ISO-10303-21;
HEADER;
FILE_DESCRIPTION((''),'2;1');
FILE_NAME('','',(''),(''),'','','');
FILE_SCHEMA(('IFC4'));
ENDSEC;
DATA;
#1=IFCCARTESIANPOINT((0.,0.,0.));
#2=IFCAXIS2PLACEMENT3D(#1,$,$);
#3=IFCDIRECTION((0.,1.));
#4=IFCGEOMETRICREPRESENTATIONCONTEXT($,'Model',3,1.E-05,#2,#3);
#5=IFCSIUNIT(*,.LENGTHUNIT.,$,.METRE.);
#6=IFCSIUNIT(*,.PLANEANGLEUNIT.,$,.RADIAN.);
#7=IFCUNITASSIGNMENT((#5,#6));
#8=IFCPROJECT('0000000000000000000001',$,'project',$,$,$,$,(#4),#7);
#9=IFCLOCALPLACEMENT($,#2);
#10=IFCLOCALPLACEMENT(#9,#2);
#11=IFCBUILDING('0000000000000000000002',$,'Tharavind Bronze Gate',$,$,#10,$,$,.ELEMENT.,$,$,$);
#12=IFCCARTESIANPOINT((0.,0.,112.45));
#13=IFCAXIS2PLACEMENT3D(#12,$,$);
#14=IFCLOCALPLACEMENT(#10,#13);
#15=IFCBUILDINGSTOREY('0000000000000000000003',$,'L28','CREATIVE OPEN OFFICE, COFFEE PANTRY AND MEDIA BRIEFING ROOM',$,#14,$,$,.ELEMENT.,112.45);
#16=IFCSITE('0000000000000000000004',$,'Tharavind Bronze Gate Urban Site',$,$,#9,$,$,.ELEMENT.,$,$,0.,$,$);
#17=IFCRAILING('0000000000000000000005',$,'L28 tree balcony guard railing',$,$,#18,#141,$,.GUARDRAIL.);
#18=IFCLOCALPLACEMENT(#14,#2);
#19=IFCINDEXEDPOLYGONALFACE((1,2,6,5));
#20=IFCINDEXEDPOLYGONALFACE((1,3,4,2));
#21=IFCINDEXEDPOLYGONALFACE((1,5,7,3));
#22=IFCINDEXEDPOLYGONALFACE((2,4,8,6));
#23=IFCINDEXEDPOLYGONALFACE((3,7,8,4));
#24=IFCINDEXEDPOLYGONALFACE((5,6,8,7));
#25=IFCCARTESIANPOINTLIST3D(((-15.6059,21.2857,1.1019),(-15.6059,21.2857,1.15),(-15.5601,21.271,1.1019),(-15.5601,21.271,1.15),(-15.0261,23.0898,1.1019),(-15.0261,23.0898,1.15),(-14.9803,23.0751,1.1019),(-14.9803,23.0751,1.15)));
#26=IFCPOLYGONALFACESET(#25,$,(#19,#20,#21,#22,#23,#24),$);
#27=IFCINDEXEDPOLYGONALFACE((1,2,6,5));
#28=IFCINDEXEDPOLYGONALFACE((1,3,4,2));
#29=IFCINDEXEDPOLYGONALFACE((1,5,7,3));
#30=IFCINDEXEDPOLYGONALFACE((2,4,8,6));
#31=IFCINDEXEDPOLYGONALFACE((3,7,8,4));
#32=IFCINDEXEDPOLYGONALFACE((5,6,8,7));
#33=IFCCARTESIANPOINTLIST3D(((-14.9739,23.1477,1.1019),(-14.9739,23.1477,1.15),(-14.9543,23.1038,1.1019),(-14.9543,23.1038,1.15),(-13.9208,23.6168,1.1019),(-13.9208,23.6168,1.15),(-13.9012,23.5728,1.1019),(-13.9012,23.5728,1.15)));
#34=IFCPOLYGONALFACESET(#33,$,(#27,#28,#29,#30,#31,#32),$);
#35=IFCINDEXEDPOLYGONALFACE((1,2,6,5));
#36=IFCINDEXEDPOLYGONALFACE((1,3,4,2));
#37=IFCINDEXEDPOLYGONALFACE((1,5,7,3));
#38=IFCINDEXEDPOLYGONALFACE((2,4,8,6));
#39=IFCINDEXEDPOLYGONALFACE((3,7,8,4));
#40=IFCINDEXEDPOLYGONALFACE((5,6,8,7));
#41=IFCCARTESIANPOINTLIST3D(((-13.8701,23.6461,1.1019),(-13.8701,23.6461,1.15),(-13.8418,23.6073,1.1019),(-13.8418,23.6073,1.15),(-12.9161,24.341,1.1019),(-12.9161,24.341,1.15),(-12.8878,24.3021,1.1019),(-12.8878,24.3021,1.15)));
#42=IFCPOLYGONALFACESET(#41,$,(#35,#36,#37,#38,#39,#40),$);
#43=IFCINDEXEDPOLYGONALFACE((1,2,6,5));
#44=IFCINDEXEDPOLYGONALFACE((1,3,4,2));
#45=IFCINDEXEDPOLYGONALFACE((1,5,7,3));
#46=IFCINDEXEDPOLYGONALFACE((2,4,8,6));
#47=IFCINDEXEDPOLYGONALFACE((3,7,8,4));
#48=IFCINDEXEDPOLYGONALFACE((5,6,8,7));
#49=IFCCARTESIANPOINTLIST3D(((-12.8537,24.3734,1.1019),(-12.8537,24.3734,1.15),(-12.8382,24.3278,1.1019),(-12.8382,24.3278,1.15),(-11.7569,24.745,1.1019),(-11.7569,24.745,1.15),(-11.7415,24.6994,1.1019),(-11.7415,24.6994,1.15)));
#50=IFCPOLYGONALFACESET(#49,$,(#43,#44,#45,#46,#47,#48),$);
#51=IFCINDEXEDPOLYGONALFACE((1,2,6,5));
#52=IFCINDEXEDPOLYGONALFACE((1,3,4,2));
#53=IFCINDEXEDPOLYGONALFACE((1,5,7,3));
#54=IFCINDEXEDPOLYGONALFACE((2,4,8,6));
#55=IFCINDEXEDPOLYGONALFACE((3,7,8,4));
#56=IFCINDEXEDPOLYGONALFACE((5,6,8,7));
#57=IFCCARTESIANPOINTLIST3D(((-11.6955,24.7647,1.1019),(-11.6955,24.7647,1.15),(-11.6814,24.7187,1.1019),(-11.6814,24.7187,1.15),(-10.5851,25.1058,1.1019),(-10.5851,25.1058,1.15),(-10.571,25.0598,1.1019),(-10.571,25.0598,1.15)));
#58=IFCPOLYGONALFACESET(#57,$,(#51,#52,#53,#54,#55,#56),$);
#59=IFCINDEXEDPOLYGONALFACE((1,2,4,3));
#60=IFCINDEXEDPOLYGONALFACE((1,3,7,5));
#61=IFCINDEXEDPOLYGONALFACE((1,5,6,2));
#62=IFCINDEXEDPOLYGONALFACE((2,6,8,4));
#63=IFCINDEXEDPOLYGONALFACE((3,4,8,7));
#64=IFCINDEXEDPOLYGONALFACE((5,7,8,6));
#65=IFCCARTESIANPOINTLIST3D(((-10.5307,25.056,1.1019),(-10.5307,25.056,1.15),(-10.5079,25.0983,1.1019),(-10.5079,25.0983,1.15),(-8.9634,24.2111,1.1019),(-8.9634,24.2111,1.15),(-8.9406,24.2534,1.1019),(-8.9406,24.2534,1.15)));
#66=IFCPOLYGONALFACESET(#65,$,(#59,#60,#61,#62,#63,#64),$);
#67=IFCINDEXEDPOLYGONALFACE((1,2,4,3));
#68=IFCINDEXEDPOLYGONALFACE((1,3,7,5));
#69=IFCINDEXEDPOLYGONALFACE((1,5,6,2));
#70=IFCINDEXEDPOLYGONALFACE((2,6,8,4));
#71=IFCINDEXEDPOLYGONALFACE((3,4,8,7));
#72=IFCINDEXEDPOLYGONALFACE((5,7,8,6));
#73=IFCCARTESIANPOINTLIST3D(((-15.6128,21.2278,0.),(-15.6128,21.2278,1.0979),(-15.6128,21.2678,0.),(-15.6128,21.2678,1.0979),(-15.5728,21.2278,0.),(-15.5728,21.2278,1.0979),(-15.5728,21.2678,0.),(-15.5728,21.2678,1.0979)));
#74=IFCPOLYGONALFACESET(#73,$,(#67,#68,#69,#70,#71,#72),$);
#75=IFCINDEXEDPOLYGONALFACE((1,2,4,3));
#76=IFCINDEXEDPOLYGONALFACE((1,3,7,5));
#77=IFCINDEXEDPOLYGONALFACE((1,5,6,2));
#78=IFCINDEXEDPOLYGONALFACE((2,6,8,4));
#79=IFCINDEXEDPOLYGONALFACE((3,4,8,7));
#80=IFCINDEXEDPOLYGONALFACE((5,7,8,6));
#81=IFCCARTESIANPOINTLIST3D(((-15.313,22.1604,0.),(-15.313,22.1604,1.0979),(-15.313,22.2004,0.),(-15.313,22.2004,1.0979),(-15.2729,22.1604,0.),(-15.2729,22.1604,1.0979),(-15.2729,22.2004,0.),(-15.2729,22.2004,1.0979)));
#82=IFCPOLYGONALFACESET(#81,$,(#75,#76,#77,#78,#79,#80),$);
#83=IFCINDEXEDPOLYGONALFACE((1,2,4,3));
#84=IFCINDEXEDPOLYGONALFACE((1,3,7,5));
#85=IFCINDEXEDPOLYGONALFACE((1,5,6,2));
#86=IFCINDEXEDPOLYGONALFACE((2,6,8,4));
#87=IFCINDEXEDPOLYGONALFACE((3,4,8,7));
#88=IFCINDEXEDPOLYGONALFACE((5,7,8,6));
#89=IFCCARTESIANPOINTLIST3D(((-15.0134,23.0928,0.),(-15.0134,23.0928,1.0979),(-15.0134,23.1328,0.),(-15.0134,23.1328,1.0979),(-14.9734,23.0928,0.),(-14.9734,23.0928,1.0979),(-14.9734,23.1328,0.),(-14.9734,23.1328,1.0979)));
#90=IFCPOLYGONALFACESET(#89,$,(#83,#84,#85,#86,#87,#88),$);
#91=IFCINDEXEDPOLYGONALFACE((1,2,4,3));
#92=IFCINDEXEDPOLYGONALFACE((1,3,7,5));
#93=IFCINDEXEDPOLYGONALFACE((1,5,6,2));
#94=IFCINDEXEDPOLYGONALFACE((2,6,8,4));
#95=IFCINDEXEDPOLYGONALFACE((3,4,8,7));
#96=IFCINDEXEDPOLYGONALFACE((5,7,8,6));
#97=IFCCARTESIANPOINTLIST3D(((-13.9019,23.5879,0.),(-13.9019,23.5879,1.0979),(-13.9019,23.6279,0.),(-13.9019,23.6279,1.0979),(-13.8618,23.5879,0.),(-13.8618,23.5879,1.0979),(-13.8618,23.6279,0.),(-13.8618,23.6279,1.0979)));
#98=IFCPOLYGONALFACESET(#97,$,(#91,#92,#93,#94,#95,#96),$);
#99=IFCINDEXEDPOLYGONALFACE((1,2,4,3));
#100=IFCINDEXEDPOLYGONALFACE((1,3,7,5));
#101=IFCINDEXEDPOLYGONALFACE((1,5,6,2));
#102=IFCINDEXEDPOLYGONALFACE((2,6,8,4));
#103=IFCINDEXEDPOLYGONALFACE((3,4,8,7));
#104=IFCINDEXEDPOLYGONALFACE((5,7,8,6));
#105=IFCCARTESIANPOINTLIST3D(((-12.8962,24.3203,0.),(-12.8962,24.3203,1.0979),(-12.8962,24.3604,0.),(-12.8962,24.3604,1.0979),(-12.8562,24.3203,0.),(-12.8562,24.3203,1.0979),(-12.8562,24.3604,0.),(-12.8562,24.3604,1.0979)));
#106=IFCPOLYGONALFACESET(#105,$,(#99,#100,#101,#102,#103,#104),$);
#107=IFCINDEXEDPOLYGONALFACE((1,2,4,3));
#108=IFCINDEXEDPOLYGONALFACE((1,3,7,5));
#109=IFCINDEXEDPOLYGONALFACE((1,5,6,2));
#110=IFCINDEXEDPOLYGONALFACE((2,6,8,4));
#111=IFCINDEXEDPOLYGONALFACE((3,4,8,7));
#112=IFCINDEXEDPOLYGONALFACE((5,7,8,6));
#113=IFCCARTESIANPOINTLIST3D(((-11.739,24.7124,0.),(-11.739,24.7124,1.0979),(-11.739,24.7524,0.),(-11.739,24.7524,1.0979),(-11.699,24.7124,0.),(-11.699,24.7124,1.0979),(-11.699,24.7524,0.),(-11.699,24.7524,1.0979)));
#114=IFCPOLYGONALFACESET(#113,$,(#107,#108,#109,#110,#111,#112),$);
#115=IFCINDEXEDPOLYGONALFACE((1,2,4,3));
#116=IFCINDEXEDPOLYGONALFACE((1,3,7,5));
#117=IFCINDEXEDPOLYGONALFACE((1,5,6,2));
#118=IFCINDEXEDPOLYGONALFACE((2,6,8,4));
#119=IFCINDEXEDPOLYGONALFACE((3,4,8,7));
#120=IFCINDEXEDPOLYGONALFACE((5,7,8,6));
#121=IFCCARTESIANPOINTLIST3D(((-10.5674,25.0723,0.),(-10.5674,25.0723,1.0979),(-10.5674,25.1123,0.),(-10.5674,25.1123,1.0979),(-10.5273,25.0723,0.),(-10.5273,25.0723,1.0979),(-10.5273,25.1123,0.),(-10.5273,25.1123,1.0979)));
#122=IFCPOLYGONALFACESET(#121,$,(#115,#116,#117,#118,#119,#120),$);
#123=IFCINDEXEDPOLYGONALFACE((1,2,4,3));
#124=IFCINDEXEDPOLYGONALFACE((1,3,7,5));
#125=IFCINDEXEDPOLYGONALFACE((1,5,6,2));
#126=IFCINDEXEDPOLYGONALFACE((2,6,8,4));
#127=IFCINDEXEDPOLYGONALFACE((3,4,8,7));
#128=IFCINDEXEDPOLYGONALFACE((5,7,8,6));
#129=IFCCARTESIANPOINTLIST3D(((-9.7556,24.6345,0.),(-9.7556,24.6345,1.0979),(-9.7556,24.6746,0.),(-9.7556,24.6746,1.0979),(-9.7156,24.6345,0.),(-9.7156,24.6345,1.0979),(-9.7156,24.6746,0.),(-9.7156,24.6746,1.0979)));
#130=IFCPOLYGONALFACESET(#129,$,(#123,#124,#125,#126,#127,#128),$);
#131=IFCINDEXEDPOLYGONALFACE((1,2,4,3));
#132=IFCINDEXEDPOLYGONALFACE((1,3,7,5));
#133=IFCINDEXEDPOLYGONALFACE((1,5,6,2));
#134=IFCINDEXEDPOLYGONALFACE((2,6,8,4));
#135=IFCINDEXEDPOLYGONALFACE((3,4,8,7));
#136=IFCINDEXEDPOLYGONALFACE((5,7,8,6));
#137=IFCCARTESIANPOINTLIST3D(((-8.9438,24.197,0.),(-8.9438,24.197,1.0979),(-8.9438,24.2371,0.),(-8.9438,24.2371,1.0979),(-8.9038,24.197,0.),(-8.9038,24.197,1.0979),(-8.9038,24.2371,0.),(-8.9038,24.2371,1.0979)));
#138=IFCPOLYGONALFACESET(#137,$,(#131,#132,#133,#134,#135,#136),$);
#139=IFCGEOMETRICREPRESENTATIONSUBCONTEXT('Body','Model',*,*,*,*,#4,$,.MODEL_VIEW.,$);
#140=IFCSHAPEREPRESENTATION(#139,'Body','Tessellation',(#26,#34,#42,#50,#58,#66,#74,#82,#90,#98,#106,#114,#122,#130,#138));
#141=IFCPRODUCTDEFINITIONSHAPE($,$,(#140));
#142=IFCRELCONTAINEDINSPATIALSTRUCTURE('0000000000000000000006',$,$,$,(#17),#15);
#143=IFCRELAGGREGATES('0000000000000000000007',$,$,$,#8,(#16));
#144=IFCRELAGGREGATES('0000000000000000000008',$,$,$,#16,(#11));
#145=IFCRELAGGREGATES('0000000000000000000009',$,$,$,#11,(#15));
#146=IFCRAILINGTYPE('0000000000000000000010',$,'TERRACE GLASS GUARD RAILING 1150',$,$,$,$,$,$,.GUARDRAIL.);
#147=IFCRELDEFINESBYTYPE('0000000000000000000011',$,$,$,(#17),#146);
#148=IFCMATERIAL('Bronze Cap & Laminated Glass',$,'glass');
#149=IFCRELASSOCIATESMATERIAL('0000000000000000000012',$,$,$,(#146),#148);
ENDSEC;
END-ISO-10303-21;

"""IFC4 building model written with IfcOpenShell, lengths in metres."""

from ifc_helpers import new_model, si_unit, direction, frame, origin, origin_2d, place, context, subcontext, project, spatial, rectangle, extrude, material, type_object, element, save


model = new_model("IFC4")

# Units and contexts
model_context = context("Model", 3, precision=1e-05, world=origin(), true_north=direction((0.0, 1.0)))
body_context = subcontext(model_context, "Body", "Model", "MODEL_VIEW")
ifc_project = project(units=[si_unit("LENGTHUNIT", "METRE"), si_unit("PLANEANGLEUNIT", "RADIAN")], contexts=[model_context])

# Site, building, storey
site_placement = place(None, origin())
site = spatial("IfcSite", under=ifc_project, at=site_placement, Name="Tharavind Bronze Gate Urban Site", CompositionType="ELEMENT", RefElevation=0.0)
building_placement = place(site_placement, origin())
building = spatial("IfcBuilding", under=site, at=building_placement, Name="Tharavind Bronze Gate", CompositionType="ELEMENT")
storey_placement = place(building_placement, frame((0.0, 0.0, 112.45)))
storey = spatial("IfcBuildingStorey", under=building, at=storey_placement, Name="L28", Description="CREATIVE OPEN OFFICE, COFFEE PANTRY AND MEDIA BRIEFING ROOM", CompositionType="ELEMENT", Elevation=112.45)

# Railing
ifc_material_1 = material(Name="Bronze Cap & Laminated Glass", Category="glass")
railing_type = type_object("IfcRailingType", Name="TERRACE GLASS GUARD RAILING 1150", PredefinedType="GUARDRAIL", material=ifc_material_1)
railing_placement = place(storey_placement, frame((-15.5928, 21.2478, 0.0)))
element("IfcRailing", 1, at=railing_placement, inside=storey, type_object=railing_type, Name="L28 tree balcony guard railing", PredefinedType="GUARDRAIL", context=body_context, shape_type="SweptSolid", body=[
    extrude(rectangle(XDim=0.0481, YDim=0.0481, at=origin_2d()), frame((0.0098, 0.0305, 1.126), z_axis=(0.305965, 0.952043, 0.0), x_axis=(-0.952043, 0.305965, 0.0)), (0.0, 0.0, 1.0), 1.895),
    extrude(rectangle(XDim=0.0481, YDim=0.0481, at=origin_2d()), frame((0.6287, 1.8779, 1.126), z_axis=(0.91348, 0.406883, 0.0), x_axis=(-0.406883, 0.91348, 0.0)), (0.0, 0.0, 1.0), 1.1528),
    extrude(rectangle(XDim=0.0481, YDim=0.0481, at=origin_2d()), frame((1.7368, 2.3789, 1.126), z_axis=(0.808329, 0.588732, 0.0), x_axis=(-0.588732, 0.808329, 0.0)), (0.0, 0.0, 1.0), 1.1802),
    extrude(rectangle(XDim=0.0481, YDim=0.0481, at=origin_2d()), frame((2.7468, 3.1028, 1.126), z_axis=(0.947113, 0.3209, 0.0), x_axis=(-0.3209, 0.947113, 0.0)), (0.0, 0.0, 1.0), 1.158),
    extrude(rectangle(XDim=0.0481, YDim=0.0481, at=origin_2d()), frame((3.9043, 3.4939, 1.126), z_axis=(0.955925, 0.29361, 0.0), x_axis=(-0.29361, 0.955925, 0.0)), (0.0, 0.0, 1.0), 1.1616),
    extrude(rectangle(XDim=0.0481, YDim=0.0481, at=origin_2d()), frame((5.0735, 3.8293, 1.126), z_axis=(0.880237, -0.474534, 0.0), x_axis=(0.474534, 0.880237, 0.0)), (0.0, 0.0, 1.0), 1.7805),
    extrude(rectangle(XDim=0.04, YDim=0.04, at=origin_2d()), origin(), (0.0, 0.0, 1.0), 1.0979),
    extrude(rectangle(XDim=0.04, YDim=0.04, at=origin_2d()), frame((0.2998, 0.9326, 0.0)), (0.0, 0.0, 1.0), 1.0979),
    extrude(rectangle(XDim=0.04, YDim=0.04, at=origin_2d()), frame((0.5994, 1.865, 0.0)), (0.0, 0.0, 1.0), 1.0979),
    extrude(rectangle(XDim=0.04, YDim=0.04, at=origin_2d()), frame((1.7109, 2.3601, 0.0)), (0.0, 0.0, 1.0), 1.0979),
    extrude(rectangle(XDim=0.04, YDim=0.04, at=origin_2d()), frame((2.7166, 3.0925, 0.0)), (0.0, 0.0, 1.0), 1.0979),
    extrude(rectangle(XDim=0.04, YDim=0.04, at=origin_2d()), frame((3.8738, 3.4846, 0.0)), (0.0, 0.0, 1.0), 1.0979),
    extrude(rectangle(XDim=0.04, YDim=0.04, at=origin_2d()), frame((5.0454, 3.8445, 0.0)), (0.0, 0.0, 1.0), 1.0979),
    extrude(rectangle(XDim=0.04, YDim=0.04, at=origin_2d()), frame((5.8572, 3.4067, 0.0)), (0.0, 0.0, 1.0), 1.0979),
    extrude(rectangle(XDim=0.04, YDim=0.04, at=origin_2d()), frame((6.6689, 2.9692, 0.0)), (0.0, 0.0, 1.0), 1.0979),
])

save(model, "model.ifc")
